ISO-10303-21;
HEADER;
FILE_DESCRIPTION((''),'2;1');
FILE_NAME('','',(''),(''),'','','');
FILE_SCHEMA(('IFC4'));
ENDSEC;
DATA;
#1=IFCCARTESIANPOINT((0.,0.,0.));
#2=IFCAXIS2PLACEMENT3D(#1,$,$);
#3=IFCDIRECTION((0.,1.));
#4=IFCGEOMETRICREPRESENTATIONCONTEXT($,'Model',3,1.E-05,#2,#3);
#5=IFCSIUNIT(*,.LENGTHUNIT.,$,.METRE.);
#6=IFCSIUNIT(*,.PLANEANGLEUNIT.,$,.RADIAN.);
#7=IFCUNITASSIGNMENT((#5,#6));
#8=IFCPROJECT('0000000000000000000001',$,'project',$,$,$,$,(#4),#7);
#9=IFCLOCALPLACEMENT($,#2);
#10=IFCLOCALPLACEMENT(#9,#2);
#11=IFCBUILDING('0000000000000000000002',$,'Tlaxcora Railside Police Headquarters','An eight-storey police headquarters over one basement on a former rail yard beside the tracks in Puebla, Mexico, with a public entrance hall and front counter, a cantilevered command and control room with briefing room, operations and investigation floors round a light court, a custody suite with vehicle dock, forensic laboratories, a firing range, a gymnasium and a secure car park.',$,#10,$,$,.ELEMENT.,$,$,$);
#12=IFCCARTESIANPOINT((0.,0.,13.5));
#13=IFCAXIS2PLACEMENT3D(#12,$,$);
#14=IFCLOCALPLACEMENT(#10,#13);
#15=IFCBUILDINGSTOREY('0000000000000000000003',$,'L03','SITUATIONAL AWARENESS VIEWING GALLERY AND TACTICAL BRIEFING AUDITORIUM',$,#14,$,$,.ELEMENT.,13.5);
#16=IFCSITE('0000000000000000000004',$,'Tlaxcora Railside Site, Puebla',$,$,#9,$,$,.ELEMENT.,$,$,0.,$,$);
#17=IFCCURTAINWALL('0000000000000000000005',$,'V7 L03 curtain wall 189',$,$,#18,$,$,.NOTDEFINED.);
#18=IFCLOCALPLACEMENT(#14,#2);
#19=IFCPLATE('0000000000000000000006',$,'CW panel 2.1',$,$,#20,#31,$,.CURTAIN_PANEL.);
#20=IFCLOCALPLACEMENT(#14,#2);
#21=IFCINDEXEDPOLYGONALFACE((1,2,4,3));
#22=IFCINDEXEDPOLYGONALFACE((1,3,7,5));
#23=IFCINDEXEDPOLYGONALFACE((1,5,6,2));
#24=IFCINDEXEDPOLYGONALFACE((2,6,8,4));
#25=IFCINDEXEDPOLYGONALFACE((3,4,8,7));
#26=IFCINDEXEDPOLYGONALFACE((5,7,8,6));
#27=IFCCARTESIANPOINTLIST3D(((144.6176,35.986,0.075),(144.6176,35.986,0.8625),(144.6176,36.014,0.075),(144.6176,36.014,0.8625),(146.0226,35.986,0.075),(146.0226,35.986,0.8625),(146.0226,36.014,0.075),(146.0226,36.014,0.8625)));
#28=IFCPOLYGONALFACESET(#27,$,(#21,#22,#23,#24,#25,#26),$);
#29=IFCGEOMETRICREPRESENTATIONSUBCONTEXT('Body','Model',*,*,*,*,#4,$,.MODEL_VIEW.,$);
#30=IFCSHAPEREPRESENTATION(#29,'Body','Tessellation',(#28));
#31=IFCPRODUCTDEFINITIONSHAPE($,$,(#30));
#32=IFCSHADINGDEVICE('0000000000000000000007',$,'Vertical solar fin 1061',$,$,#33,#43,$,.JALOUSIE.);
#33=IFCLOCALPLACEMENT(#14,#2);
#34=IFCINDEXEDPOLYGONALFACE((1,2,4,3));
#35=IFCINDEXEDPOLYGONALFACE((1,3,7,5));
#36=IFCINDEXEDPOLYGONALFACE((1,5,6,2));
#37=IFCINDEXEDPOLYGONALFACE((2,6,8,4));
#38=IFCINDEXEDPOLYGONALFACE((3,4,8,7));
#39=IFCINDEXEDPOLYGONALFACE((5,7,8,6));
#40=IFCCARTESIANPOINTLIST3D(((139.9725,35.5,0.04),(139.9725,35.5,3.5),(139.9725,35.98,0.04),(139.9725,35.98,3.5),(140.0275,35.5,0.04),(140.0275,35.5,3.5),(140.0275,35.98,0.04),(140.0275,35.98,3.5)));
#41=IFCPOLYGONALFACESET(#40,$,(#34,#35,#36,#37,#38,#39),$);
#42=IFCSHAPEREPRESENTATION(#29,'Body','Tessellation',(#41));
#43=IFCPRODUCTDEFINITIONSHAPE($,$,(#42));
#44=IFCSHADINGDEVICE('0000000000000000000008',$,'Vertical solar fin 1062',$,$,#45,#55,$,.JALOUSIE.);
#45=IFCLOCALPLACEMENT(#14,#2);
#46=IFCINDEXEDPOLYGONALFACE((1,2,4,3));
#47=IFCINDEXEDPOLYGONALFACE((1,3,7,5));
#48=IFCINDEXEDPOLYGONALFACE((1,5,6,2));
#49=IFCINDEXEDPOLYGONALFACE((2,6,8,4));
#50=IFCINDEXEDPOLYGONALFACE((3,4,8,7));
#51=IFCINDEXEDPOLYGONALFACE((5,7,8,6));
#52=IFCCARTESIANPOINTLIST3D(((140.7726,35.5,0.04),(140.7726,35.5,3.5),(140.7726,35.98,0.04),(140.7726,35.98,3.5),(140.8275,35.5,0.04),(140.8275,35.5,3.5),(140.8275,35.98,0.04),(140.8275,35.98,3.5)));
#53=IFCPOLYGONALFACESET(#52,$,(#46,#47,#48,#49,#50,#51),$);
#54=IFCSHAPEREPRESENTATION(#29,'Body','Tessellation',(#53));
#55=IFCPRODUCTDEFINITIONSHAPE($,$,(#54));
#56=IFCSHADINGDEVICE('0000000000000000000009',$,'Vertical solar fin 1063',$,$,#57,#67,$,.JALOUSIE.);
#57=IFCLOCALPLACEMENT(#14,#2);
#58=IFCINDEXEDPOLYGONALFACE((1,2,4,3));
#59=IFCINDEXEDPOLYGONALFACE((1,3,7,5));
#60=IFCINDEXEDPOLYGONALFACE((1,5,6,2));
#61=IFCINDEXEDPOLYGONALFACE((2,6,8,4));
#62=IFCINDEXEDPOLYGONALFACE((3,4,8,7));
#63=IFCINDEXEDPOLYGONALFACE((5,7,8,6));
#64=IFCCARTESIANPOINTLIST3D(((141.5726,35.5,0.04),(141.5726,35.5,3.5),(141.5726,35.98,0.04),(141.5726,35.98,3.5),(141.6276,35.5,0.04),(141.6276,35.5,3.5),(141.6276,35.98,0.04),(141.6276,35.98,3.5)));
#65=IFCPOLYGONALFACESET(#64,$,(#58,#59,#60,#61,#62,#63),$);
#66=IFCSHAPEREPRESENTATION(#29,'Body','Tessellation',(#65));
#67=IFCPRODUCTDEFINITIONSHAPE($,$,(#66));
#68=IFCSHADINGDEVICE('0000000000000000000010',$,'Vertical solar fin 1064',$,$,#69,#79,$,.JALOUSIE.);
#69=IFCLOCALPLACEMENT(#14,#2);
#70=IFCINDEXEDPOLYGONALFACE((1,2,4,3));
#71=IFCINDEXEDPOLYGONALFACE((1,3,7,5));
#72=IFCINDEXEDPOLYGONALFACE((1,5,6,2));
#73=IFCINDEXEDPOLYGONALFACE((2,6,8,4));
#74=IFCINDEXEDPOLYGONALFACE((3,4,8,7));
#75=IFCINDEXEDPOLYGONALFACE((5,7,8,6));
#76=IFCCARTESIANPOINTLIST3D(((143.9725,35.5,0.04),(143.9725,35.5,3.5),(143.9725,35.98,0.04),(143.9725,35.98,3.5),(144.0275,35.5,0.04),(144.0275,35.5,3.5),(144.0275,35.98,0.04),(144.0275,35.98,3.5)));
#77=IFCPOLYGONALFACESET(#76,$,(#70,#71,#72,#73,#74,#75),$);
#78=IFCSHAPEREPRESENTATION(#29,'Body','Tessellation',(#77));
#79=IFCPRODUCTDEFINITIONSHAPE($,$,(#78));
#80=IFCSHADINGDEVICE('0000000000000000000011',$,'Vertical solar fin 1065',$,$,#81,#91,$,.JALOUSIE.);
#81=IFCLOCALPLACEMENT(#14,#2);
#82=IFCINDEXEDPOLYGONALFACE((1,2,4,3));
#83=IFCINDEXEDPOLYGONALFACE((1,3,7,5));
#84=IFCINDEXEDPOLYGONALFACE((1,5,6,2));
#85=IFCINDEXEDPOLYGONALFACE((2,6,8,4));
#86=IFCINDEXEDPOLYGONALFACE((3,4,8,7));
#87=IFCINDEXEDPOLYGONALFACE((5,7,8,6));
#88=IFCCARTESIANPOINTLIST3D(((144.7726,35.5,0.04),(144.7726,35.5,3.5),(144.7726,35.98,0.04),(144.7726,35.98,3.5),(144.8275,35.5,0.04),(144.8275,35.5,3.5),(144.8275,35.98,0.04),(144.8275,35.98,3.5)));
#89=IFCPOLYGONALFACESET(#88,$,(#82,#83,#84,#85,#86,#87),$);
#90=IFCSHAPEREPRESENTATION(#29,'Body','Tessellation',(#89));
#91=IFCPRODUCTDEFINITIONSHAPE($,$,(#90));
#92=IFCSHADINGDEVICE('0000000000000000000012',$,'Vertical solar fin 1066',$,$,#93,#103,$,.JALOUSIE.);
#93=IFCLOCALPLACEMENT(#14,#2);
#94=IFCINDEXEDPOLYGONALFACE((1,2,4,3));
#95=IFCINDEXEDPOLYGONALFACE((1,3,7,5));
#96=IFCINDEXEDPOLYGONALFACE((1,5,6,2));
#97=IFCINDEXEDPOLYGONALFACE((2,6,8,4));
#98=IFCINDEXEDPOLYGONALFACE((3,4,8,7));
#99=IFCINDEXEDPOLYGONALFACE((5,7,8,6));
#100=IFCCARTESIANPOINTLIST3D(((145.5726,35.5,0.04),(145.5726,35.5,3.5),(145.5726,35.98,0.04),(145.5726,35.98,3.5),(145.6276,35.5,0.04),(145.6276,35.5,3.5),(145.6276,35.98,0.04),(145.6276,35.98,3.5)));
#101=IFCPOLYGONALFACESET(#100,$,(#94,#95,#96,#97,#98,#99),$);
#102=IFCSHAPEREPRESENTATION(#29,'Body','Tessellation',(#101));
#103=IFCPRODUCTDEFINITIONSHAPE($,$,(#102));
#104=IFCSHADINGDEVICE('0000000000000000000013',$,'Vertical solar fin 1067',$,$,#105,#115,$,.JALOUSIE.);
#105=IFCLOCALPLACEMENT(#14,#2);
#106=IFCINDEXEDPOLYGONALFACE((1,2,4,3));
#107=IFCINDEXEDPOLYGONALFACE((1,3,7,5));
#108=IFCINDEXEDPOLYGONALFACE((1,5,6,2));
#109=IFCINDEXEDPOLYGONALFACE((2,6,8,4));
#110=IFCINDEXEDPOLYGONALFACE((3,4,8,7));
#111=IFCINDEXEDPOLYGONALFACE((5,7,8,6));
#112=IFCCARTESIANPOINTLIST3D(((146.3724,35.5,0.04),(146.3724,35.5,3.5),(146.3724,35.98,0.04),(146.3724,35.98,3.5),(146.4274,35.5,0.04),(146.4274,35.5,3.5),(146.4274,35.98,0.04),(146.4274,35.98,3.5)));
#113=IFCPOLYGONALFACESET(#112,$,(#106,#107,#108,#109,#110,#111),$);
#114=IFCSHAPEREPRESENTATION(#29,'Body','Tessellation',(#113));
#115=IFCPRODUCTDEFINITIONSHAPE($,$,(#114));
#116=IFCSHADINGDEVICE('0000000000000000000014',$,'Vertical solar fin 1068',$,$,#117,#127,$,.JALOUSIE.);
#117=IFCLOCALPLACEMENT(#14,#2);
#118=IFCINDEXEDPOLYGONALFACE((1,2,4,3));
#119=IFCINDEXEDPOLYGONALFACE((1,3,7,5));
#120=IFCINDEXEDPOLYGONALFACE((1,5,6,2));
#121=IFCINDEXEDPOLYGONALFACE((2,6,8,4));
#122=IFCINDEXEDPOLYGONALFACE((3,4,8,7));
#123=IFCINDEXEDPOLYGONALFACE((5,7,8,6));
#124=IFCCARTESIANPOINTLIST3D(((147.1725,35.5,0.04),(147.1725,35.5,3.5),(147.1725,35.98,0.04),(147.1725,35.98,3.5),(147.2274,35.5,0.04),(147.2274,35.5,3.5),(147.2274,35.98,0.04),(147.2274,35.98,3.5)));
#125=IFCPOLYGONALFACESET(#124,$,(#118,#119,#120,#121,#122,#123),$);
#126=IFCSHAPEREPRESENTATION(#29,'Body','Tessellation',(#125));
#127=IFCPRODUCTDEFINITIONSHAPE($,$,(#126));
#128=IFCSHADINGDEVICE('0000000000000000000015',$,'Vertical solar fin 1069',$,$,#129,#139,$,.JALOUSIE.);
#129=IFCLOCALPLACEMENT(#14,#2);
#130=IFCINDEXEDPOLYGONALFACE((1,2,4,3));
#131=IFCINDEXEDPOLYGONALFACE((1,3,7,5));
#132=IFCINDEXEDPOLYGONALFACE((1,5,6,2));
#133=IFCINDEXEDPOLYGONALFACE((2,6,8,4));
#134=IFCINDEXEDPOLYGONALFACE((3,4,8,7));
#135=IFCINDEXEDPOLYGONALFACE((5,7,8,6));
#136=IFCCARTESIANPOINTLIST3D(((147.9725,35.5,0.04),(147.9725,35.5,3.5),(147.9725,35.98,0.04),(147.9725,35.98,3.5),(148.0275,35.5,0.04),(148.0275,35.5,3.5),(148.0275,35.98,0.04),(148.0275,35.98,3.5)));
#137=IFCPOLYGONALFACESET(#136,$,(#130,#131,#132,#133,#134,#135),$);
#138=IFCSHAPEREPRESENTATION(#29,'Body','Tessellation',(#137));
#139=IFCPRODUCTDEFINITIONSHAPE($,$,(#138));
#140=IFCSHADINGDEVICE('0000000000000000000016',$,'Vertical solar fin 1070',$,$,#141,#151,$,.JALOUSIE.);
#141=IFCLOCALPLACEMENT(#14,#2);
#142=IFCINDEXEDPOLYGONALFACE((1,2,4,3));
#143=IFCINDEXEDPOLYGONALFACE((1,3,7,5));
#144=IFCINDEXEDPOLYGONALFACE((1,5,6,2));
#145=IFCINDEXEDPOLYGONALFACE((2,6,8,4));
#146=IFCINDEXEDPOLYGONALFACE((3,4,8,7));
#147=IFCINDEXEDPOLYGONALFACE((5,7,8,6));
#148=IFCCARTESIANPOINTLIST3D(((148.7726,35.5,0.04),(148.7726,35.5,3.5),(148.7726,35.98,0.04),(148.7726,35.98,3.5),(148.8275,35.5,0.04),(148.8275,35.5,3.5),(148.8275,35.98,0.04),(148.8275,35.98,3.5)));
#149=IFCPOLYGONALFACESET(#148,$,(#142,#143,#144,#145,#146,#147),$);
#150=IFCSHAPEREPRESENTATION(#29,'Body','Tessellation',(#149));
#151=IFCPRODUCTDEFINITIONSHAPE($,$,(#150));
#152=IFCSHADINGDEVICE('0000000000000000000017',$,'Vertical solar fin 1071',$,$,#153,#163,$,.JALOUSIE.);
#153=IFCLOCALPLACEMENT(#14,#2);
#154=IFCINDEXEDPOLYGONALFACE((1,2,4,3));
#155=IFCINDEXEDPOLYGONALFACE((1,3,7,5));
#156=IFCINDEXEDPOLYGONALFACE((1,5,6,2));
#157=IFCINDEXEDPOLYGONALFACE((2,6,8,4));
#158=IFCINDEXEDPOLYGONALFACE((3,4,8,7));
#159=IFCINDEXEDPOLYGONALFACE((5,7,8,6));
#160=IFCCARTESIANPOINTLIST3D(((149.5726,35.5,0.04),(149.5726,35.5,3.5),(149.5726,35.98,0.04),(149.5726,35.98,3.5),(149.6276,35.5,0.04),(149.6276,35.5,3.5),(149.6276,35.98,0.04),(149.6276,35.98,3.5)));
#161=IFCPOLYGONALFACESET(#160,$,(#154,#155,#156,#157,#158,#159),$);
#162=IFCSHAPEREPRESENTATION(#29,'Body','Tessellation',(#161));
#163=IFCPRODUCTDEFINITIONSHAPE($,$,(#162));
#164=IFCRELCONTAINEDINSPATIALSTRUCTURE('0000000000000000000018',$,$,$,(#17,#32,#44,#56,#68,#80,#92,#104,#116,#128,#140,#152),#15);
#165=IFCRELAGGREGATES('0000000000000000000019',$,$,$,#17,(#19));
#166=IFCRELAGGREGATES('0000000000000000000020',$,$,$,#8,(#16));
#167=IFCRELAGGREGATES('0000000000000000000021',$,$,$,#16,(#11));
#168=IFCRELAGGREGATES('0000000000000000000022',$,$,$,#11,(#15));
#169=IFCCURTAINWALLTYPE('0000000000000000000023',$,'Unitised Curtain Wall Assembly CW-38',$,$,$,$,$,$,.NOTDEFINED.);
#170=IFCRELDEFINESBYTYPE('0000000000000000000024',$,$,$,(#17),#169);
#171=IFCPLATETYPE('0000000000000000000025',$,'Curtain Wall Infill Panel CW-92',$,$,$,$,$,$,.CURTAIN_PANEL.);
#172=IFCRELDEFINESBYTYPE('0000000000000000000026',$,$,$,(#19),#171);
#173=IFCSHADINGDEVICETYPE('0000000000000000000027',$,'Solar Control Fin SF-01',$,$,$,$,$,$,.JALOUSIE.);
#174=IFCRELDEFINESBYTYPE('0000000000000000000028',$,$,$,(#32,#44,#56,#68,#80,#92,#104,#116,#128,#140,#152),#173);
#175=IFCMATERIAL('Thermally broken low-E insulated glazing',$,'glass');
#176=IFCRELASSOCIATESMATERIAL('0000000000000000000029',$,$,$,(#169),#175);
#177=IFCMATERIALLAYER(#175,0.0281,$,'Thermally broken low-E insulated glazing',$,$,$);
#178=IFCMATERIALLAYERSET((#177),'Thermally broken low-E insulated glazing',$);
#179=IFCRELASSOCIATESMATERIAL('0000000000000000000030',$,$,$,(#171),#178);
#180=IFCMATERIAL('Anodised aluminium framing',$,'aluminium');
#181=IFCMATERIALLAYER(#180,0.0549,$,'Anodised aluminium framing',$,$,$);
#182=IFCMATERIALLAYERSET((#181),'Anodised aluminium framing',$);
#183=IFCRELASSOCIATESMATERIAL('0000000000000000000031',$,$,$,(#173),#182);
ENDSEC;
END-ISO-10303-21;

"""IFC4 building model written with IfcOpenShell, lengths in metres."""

from ifc_helpers import new_model, si_unit, direction, frame, origin, origin_2d, place, context, subcontext, project, spatial, rectangle, extrude, material, layer, layer_set, type_object, element, aggregate, save


model = new_model("IFC4")

# Units and contexts
model_context = context("Model", 3, precision=1e-05, world=origin(), true_north=direction((0.0, 1.0)))
body_context = subcontext(model_context, "Body", "Model", "MODEL_VIEW")
ifc_project = project(units=[si_unit("LENGTHUNIT", "METRE"), si_unit("PLANEANGLEUNIT", "RADIAN")], contexts=[model_context])

# Site, building, storey
site_placement = place(None, origin())
site = spatial("IfcSite", under=ifc_project, at=site_placement, Name="Tlaxcora Railside Site, Puebla", CompositionType="ELEMENT", RefElevation=0.0)
building_placement = place(site_placement, origin())
building = spatial("IfcBuilding", under=site, at=building_placement, Name="Tlaxcora Railside Police Headquarters", Description="An eight-storey police headquarters over one basement on a former rail yard beside the tracks in Puebla, Mexico, with a public entrance hall and front counter, a cantilevered command and control room with briefing room, operations and investigation floors round a light court, a custody suite with vehicle dock, forensic laboratories, a firing range, a gymnasium and a secure car park.", CompositionType="ELEMENT")
storey_placement = place(building_placement, frame((0.0, 0.0, 13.5)))
storey = spatial("IfcBuildingStorey", under=building, at=storey_placement, Name="L03", Description="SITUATIONAL AWARENESS VIEWING GALLERY AND TACTICAL BRIEFING AUDITORIUM", CompositionType="ELEMENT", Elevation=13.5)

# Curtain wall
ifc_material_1 = material(Name="Thermally broken low-E insulated glazing", Category="glass")
ifc_material_2 = material(Name="Anodised aluminium framing", Category="aluminium")
curtain_wall_type_1 = type_object("IfcCurtainWallType", Name="Unitised Curtain Wall Assembly CW-38", PredefinedType="NOTDEFINED", material=ifc_material_1)
curtain_wall_1_placement = place(storey_placement, origin())
curtain_wall_1 = element("IfcCurtainWall", 1, at=curtain_wall_1_placement, inside=storey, type_object=curtain_wall_type_1, Name="V7 L03 curtain wall 189", PredefinedType="NOTDEFINED")

# Plate
ifc_layer_1 = layer(ifc_material_1, 0.0281, Name="Thermally broken low-E insulated glazing")
ifc_layer_set_1 = layer_set([ifc_layer_1], Name="Thermally broken low-E insulated glazing")
plate_type_1 = type_object("IfcPlateType", Name="Curtain Wall Infill Panel CW-92", PredefinedType="CURTAIN_PANEL", material=ifc_layer_set_1)
plate_1_placement = place(storey_placement, frame((145.3201, 36.0, 0.075), z_axis=(0.0, 0.0, 1.0), x_axis=(1.0, 0.0, 0.0)))
plate_1 = element("IfcPlate", 2, at=plate_1_placement, type_object=plate_type_1, Name="CW panel 2.1", PredefinedType="CURTAIN_PANEL", context=body_context, shape_type="SweptSolid", body=[
    extrude(rectangle(XDim=1.405, YDim=0.0281, at=origin_2d()), origin(), (0.0, 0.0, 1.0), 0.7876),
])
aggregate(curtain_wall_1, [plate_1])

# Shading devices
ifc_layer_2 = layer(ifc_material_2, 0.0549, Name="Anodised aluminium framing")
ifc_layer_set_2 = layer_set([ifc_layer_2], Name="Anodised aluminium framing")
shading_device_type = type_object("IfcShadingDeviceType", Name="Solar Control Fin SF-01", PredefinedType="JALOUSIE", material=ifc_layer_set_2)
for number, where, z_axis, x_axis, name in (
    (3, (140.0, 35.74, 0.04), (0.0, 0.0, 1.0), (0.0, -1.0, 0.0), "Vertical solar fin 1061"),
    (4, (140.8, 35.74, 0.04), (0.0, 0.0, 1.0), (0.0, -1.0, 0.0), "Vertical solar fin 1062"),
    (5, (141.6001, 35.74, 0.04), (0.0, 0.0, 1.0), (0.0, -1.0, 0.0), "Vertical solar fin 1063"),
    (6, (144.0, 35.74, 0.04), (0.0, 0.0, 1.0), (0.0, -1.0, 0.0), "Vertical solar fin 1064"),
    (7, (144.8, 35.74, 0.04), (0.0, 0.0, 1.0), (0.0, -1.0, 0.0), "Vertical solar fin 1065"),
    (8, (145.6001, 35.74, 0.04), (0.0, 0.0, 1.0), (0.0, -1.0, 0.0), "Vertical solar fin 1066"),
    (9, (146.3999, 35.74, 0.04), (0.0, 0.0, 1.0), (0.0, -1.0, 0.0), "Vertical solar fin 1067"),
    (10, (147.2, 35.74, 0.04), (0.0, 0.0, 1.0), (0.0, -1.0, 0.0), "Vertical solar fin 1068"),
    (11, (148.0, 35.74, 0.04), (0.0, 0.0, 1.0), (0.0, -1.0, 0.0), "Vertical solar fin 1069"),
    (12, (148.8, 35.74, 0.04), (0.0, 0.0, 1.0), (0.0, -1.0, 0.0), "Vertical solar fin 1070"),
    (13, (149.6001, 35.74, 0.04), (0.0, 0.0, 1.0), (0.0, -1.0, 0.0), "Vertical solar fin 1071"),
):
    element("IfcShadingDevice", number, at=place(storey_placement, frame(where, z_axis=z_axis, x_axis=x_axis)), inside=storey, type_object=shading_device_type, Name=name, PredefinedType="JALOUSIE", context=body_context, shape_type="SweptSolid", body=[
        extrude(rectangle(XDim=0.48, YDim=0.0549, at=origin_2d()), origin(), (0.0, 0.0, 1.0), 3.46),
    ])

save(model, "model.ifc")
